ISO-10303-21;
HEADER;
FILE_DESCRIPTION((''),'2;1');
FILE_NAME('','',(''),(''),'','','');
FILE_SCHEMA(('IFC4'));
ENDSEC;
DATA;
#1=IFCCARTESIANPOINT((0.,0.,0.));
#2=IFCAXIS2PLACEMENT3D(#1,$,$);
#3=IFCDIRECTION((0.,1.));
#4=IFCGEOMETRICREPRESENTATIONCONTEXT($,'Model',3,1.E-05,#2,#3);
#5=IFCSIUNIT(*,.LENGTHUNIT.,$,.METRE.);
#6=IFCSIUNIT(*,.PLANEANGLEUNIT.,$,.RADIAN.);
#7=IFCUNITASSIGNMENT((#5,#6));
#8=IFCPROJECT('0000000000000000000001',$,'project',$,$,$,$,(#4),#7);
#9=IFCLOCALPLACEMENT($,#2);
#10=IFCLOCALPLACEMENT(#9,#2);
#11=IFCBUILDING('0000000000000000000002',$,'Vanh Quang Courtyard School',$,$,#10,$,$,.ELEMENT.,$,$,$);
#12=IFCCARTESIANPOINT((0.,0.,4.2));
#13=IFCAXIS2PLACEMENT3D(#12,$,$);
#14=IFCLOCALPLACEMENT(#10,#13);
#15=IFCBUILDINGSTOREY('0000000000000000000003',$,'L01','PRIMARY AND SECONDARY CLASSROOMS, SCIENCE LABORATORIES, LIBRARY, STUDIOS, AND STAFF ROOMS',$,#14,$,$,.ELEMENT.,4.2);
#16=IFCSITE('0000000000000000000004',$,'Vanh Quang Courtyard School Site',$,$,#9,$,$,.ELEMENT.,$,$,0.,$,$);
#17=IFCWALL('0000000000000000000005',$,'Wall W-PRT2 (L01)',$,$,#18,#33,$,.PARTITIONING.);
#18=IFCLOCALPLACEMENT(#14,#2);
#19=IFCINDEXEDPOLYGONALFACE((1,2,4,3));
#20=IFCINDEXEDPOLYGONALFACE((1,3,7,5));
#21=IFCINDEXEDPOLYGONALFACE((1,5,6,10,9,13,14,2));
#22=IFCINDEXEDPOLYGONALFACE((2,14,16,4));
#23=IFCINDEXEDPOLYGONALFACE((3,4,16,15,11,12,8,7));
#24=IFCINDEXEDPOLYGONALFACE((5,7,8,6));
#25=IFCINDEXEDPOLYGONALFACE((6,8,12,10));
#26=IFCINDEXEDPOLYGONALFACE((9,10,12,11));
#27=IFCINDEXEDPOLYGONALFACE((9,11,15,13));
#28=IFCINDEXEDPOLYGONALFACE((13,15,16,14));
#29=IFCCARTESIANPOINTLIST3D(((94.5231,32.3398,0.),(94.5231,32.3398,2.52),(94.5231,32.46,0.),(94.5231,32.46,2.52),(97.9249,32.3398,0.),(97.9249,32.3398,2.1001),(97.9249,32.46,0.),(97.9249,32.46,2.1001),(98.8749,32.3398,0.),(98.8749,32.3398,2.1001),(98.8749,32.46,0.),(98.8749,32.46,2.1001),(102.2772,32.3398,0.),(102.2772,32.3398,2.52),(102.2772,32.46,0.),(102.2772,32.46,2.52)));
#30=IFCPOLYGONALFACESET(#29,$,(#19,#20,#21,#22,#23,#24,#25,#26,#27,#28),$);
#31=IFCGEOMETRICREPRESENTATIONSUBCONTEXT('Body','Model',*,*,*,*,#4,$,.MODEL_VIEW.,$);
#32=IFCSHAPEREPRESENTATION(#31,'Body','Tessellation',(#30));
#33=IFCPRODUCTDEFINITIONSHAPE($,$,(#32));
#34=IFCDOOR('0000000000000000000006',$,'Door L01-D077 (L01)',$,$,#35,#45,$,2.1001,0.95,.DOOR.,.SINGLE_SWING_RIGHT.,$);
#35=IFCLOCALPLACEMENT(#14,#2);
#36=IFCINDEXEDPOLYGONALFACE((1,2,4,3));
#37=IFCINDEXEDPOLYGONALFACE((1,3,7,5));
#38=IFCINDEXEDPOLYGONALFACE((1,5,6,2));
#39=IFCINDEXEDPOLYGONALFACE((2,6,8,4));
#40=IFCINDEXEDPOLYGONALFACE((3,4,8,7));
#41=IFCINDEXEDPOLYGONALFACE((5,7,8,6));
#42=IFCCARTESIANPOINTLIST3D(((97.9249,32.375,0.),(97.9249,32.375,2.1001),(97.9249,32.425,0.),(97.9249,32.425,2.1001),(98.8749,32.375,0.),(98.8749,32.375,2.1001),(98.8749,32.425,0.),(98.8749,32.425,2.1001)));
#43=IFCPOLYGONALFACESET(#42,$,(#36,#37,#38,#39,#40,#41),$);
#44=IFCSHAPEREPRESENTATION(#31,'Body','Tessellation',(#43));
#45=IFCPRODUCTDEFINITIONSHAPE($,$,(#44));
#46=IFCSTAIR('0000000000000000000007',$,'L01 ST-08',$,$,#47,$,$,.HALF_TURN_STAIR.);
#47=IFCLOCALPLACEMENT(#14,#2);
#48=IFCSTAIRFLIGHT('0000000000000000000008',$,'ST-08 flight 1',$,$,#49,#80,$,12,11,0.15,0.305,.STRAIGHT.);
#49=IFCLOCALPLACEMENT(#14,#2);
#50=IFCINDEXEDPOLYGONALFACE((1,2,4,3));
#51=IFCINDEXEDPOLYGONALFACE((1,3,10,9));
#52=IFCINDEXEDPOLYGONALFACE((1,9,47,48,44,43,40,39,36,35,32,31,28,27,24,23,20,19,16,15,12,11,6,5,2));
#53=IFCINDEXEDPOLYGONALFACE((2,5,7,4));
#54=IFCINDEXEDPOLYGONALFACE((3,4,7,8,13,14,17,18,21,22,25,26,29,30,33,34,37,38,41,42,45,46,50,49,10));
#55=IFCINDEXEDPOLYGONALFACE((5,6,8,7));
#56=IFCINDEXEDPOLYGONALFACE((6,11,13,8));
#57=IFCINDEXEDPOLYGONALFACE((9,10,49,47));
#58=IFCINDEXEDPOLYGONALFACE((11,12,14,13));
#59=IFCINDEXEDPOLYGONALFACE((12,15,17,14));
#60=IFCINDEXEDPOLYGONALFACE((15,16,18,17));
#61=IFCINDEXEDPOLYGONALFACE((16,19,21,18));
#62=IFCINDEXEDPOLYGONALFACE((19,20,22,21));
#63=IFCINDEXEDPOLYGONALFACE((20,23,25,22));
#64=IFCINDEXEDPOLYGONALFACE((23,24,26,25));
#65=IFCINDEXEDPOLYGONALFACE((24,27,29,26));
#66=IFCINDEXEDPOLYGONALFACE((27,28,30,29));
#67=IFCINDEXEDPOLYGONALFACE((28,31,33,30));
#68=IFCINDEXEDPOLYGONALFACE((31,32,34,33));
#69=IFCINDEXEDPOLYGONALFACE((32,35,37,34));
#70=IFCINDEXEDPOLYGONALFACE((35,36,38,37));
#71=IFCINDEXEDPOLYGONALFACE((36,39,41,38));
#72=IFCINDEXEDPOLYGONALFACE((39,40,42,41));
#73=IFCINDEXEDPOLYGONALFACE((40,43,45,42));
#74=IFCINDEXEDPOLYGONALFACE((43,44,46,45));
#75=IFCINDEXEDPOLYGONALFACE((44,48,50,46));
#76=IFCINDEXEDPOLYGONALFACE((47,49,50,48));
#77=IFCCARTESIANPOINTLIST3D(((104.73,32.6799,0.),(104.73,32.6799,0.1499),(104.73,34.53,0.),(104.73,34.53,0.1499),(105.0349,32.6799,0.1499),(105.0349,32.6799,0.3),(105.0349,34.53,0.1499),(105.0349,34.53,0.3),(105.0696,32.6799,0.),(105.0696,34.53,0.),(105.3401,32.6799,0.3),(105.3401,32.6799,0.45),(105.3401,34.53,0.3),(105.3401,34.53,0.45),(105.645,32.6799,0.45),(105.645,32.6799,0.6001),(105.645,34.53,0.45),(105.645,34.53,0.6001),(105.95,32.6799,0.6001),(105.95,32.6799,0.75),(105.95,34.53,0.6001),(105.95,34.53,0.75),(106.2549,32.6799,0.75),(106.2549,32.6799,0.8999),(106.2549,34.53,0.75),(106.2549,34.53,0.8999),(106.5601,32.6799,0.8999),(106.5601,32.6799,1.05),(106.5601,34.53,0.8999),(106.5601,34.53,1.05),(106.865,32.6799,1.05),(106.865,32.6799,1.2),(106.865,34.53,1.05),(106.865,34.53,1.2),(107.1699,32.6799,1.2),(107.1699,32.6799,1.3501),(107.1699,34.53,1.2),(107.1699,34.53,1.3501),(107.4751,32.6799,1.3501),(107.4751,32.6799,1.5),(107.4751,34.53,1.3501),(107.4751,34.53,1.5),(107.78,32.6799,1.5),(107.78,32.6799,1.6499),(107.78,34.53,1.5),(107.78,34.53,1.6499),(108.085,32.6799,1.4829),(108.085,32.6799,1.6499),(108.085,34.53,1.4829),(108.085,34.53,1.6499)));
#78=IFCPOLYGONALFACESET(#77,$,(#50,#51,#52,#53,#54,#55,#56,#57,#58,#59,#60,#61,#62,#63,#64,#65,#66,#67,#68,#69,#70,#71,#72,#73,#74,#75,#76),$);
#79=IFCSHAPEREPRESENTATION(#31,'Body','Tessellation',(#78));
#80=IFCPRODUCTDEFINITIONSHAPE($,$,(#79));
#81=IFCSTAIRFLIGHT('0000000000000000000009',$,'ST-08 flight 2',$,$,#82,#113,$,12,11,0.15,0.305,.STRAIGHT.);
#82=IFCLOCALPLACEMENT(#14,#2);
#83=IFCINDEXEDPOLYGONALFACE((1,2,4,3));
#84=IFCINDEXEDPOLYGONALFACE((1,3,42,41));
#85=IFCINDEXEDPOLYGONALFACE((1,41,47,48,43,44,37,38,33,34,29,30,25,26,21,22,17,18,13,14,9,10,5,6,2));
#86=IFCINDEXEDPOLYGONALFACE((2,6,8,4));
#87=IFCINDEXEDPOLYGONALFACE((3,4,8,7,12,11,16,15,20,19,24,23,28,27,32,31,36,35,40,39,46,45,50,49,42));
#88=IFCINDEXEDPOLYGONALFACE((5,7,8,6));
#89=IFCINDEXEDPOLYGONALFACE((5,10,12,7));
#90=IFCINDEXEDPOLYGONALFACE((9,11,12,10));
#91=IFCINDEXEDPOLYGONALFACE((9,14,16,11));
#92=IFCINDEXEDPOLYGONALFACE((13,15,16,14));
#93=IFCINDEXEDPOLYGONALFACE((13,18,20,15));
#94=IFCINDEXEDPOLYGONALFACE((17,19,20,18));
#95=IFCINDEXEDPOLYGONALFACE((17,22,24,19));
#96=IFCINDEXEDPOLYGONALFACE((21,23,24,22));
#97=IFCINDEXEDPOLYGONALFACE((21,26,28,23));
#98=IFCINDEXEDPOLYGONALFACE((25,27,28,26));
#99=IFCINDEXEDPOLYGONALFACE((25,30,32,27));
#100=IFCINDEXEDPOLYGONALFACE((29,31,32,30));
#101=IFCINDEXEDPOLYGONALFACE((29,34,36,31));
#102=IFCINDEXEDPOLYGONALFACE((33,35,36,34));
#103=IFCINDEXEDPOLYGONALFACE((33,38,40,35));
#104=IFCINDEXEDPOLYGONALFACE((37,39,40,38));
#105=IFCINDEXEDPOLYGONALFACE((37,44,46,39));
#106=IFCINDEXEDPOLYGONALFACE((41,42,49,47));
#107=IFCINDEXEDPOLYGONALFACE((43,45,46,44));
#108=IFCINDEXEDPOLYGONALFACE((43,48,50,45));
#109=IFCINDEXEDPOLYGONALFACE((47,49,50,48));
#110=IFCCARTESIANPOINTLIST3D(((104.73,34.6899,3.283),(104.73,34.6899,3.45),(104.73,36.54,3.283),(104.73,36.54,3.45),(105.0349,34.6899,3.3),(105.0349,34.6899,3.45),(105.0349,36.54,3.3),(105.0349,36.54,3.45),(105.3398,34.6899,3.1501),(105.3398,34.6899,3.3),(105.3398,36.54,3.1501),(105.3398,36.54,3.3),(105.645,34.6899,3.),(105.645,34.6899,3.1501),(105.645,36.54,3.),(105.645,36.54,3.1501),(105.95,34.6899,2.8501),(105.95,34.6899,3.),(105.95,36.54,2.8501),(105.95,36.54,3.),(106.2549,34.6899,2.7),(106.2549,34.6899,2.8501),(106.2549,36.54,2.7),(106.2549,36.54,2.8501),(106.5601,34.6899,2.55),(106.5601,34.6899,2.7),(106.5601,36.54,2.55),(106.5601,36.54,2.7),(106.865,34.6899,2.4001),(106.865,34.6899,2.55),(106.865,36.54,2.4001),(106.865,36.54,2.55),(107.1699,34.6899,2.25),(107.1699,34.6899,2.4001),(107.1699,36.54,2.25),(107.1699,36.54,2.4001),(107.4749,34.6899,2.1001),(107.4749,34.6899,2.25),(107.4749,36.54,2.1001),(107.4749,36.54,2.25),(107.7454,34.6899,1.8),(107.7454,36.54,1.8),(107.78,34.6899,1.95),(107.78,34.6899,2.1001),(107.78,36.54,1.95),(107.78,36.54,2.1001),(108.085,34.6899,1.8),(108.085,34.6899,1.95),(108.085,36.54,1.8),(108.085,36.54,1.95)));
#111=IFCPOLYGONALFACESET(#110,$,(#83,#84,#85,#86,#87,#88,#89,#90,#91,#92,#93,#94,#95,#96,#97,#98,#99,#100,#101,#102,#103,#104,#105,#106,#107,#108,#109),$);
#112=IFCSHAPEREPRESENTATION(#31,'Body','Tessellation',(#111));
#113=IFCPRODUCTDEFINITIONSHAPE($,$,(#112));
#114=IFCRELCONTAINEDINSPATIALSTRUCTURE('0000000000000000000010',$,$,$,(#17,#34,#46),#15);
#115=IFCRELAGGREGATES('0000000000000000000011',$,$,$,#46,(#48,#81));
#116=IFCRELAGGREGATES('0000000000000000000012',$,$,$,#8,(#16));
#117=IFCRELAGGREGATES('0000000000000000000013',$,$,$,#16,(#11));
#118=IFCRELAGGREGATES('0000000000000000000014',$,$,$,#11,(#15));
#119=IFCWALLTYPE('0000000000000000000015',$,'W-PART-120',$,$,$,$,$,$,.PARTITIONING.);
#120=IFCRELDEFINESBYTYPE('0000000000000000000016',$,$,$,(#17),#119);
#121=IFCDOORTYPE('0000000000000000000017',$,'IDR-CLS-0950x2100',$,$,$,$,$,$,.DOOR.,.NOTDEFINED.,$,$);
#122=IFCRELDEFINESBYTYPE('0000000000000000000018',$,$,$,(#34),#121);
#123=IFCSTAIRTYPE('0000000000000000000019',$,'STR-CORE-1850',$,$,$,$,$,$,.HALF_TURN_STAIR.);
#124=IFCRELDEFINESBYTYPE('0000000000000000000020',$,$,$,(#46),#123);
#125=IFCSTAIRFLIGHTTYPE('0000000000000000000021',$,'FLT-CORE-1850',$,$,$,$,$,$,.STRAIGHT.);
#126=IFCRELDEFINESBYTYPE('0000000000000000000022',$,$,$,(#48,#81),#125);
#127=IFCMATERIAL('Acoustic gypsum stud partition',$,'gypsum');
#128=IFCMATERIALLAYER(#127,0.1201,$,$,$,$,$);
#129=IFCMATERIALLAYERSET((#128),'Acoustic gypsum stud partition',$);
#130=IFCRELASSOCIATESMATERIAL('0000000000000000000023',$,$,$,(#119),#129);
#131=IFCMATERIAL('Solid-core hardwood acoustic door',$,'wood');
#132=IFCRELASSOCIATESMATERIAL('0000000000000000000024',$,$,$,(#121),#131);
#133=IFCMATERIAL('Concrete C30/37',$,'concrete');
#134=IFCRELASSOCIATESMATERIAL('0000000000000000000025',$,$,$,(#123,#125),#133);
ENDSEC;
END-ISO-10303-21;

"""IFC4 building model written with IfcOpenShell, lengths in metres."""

from ifc_helpers import new_model, si_unit, direction, frame, frame_2d, origin, place, context, subcontext, project, spatial, polyline, rectangle, outline, extrude, material, layer, layer_set, type_object, element, fill, aggregate, save


model = new_model("IFC4")

# Units and contexts
model_context = context("Model", 3, precision=1e-05, world=origin(), true_north=direction((0.0, 1.0)))
body_context = subcontext(model_context, "Body", "Model", "MODEL_VIEW")
ifc_project = project(units=[si_unit("LENGTHUNIT", "METRE"), si_unit("PLANEANGLEUNIT", "RADIAN")], contexts=[model_context])

# Site, building, storey
site_placement = place(None, origin())
site = spatial("IfcSite", under=ifc_project, at=site_placement, Name="Vanh Quang Courtyard School Site", CompositionType="ELEMENT", RefElevation=0.0)
building_placement = place(site_placement, origin())
building = spatial("IfcBuilding", under=site, at=building_placement, Name="Vanh Quang Courtyard School", CompositionType="ELEMENT")
storey_placement = place(building_placement, frame((0.0, 0.0, 4.2)))
storey = spatial("IfcBuildingStorey", under=building, at=storey_placement, Name="L01", Description="PRIMARY AND SECONDARY CLASSROOMS, SCIENCE LABORATORIES, LIBRARY, STUDIOS, AND STAFF ROOMS", CompositionType="ELEMENT", Elevation=4.2)

# Wall, opening, door
ifc_material_1 = material(Name="Acoustic gypsum stud partition", Category="gypsum")
ifc_layer_1 = layer(ifc_material_1, 0.1201)
ifc_layer_set_1 = layer_set([ifc_layer_1], Name="Acoustic gypsum stud partition")
wall_type_1 = type_object("IfcWallType", Name="W-PART-120", PredefinedType="PARTITIONING", material=ifc_layer_set_1)
wall_1_placement = place(storey_placement, frame((102.2771, 32.3999, 0.0), z_axis=(0.0, 0.0, 1.0), x_axis=(-1.0, 0.0, 0.0)))
wall_1 = element("IfcWall", 1, at=wall_1_placement, inside=storey, type_object=wall_type_1, Name="Wall W-PRT2 (L01)", PredefinedType="PARTITIONING", context=body_context, shape_type="SweptSolid", body=[
    extrude(rectangle(XDim=7.7542, YDim=0.1201, at=frame_2d((3.877, 0.0))), origin(), (0.0, 0.0, 1.0), 2.52),
])
opening_1_placement = place(wall_1_placement, frame((3.4021, 0.0, 0.0)))
opening_1 = element("IfcOpeningElement", 2, at=opening_1_placement, cuts=wall_1, PredefinedType="OPENING", context=body_context, shape_type="SweptSolid", body=[
    extrude(rectangle(XDim=0.95, YDim=2.1001, at=frame_2d((0.4751, 1.05))), frame((0.0, 0.0701, 0.0), z_axis=(0.0, -1.0, 0.0), x_axis=(1.0, 0.0, 0.0)), (0.0, 0.0, 1.0), 0.1401),
])
ifc_material_2 = material(Name="Solid-core hardwood acoustic door", Category="wood")
door_type = type_object("IfcDoorType", Name="IDR-CLS-0950x2100", OperationType="NOTDEFINED", PredefinedType="DOOR", material=ifc_material_2)
door_placement = place(opening_1_placement, origin())
door = element("IfcDoor", 3, at=door_placement, inside=storey, type_object=door_type, Name="Door L01-D077 (L01)", OperationType="SINGLE_SWING_RIGHT", OverallHeight=2.1001, OverallWidth=0.95, PredefinedType="DOOR", context=body_context, shape_type="SweptSolid", body=[
    extrude(rectangle(XDim=0.95, YDim=2.1001, at=frame_2d((0.4751, 1.05))), frame((0.0, 0.0249, 0.0), z_axis=(0.0, -1.0, 0.0), x_axis=(1.0, 0.0, 0.0)), (0.0, 0.0, 1.0), 0.05),
])
fill(opening_1, door)

# Stair, stair flights
ifc_material_3 = material(Name="Concrete C30/37", Category="concrete")
stair_type = type_object("IfcStairType", Name="STR-CORE-1850", PredefinedType="HALF_TURN_STAIR", material=ifc_material_3)
stair_placement = place(storey_placement, origin())
stair = element("IfcStair", 4, at=stair_placement, inside=storey, type_object=stair_type, Name="L01 ST-08", PredefinedType="HALF_TURN_STAIR")
stair_flight_type = type_object("IfcStairFlightType", Name="FLT-CORE-1850", PredefinedType="STRAIGHT", material=ifc_material_3)
stair_flight_1_placement = place(storey_placement, frame((104.73, 33.605, 0.0), z_axis=(0.0, 0.0, 1.0), x_axis=(1.0, 0.0, 0.0)))
stair_flight_1 = element("IfcStairFlight", 5, at=stair_flight_1_placement, type_object=stair_flight_type, Name="ST-08 flight 1", NumberOfRisers=12, NumberOfTreads=11, PredefinedType="STRAIGHT", RiserHeight=0.15, TreadLength=0.305, context=body_context, shape_type="SweptSolid", body=[
    extrude(outline(polyline([(0.0, 0.0), (0.0, 0.1499), (0.3049, 0.1499), (0.3049, 0.3), (0.6101, 0.3), (0.6101, 0.45), (0.915, 0.45), (0.915, 0.6001), (1.22, 0.6001), (1.22, 0.75), (1.5249, 0.75), (1.5249, 0.8999), (1.8301, 0.8999), (1.8301, 1.05), (2.135, 1.05), (2.135, 1.2), (2.4399, 1.2), (2.4399, 1.3501), (2.7451, 1.3501), (2.7451, 1.5), (3.05, 1.5), (3.05, 1.6499), (3.355, 1.6499), (3.355, 1.8), (3.355, 1.4829), (0.3396, 0.0), (0.0, 0.0)])), frame((0.0, 0.925, 0.0), z_axis=(0.0, -1.0, 0.0), x_axis=(1.0, 0.0, 0.0)), (0.0, 0.0, 1.0), 1.8501),
])
stair_flight_2_placement = place(storey_placement, frame((108.085, 35.615, 1.8), z_axis=(0.0, 0.0, 1.0), x_axis=(-1.0, 0.0, 0.0)))
stair_flight_2 = element("IfcStairFlight", 6, at=stair_flight_2_placement, type_object=stair_flight_type, Name="ST-08 flight 2", NumberOfRisers=12, NumberOfTreads=11, PredefinedType="STRAIGHT", RiserHeight=0.15, TreadLength=0.305, context=body_context, shape_type="SweptSolid", body=[
    extrude(outline(polyline([(0.0, 0.0), (0.0, 0.1499), (0.3049, 0.1499), (0.3049, 0.3), (0.6101, 0.3), (0.6101, 0.45), (0.915, 0.45), (0.915, 0.6001), (1.22, 0.6001), (1.22, 0.75), (1.5249, 0.75), (1.5249, 0.8999), (1.8301, 0.8999), (1.8301, 1.05), (2.135, 1.05), (2.135, 1.2), (2.4399, 1.2), (2.4399, 1.3501), (2.7451, 1.3501), (2.7451, 1.5), (3.05, 1.5), (3.05, 1.6499), (3.355, 1.6499), (3.355, 1.8), (3.355, 1.4829), (0.3396, 0.0), (0.0, 0.0)])), frame((0.0, 0.925, 0.0), z_axis=(0.0, -1.0, 0.0), x_axis=(1.0, 0.0, 0.0)), (0.0, 0.0, 1.0), 1.8501),
])
aggregate(stair, [stair_flight_1, stair_flight_2])

save(model, "model.ifc")
